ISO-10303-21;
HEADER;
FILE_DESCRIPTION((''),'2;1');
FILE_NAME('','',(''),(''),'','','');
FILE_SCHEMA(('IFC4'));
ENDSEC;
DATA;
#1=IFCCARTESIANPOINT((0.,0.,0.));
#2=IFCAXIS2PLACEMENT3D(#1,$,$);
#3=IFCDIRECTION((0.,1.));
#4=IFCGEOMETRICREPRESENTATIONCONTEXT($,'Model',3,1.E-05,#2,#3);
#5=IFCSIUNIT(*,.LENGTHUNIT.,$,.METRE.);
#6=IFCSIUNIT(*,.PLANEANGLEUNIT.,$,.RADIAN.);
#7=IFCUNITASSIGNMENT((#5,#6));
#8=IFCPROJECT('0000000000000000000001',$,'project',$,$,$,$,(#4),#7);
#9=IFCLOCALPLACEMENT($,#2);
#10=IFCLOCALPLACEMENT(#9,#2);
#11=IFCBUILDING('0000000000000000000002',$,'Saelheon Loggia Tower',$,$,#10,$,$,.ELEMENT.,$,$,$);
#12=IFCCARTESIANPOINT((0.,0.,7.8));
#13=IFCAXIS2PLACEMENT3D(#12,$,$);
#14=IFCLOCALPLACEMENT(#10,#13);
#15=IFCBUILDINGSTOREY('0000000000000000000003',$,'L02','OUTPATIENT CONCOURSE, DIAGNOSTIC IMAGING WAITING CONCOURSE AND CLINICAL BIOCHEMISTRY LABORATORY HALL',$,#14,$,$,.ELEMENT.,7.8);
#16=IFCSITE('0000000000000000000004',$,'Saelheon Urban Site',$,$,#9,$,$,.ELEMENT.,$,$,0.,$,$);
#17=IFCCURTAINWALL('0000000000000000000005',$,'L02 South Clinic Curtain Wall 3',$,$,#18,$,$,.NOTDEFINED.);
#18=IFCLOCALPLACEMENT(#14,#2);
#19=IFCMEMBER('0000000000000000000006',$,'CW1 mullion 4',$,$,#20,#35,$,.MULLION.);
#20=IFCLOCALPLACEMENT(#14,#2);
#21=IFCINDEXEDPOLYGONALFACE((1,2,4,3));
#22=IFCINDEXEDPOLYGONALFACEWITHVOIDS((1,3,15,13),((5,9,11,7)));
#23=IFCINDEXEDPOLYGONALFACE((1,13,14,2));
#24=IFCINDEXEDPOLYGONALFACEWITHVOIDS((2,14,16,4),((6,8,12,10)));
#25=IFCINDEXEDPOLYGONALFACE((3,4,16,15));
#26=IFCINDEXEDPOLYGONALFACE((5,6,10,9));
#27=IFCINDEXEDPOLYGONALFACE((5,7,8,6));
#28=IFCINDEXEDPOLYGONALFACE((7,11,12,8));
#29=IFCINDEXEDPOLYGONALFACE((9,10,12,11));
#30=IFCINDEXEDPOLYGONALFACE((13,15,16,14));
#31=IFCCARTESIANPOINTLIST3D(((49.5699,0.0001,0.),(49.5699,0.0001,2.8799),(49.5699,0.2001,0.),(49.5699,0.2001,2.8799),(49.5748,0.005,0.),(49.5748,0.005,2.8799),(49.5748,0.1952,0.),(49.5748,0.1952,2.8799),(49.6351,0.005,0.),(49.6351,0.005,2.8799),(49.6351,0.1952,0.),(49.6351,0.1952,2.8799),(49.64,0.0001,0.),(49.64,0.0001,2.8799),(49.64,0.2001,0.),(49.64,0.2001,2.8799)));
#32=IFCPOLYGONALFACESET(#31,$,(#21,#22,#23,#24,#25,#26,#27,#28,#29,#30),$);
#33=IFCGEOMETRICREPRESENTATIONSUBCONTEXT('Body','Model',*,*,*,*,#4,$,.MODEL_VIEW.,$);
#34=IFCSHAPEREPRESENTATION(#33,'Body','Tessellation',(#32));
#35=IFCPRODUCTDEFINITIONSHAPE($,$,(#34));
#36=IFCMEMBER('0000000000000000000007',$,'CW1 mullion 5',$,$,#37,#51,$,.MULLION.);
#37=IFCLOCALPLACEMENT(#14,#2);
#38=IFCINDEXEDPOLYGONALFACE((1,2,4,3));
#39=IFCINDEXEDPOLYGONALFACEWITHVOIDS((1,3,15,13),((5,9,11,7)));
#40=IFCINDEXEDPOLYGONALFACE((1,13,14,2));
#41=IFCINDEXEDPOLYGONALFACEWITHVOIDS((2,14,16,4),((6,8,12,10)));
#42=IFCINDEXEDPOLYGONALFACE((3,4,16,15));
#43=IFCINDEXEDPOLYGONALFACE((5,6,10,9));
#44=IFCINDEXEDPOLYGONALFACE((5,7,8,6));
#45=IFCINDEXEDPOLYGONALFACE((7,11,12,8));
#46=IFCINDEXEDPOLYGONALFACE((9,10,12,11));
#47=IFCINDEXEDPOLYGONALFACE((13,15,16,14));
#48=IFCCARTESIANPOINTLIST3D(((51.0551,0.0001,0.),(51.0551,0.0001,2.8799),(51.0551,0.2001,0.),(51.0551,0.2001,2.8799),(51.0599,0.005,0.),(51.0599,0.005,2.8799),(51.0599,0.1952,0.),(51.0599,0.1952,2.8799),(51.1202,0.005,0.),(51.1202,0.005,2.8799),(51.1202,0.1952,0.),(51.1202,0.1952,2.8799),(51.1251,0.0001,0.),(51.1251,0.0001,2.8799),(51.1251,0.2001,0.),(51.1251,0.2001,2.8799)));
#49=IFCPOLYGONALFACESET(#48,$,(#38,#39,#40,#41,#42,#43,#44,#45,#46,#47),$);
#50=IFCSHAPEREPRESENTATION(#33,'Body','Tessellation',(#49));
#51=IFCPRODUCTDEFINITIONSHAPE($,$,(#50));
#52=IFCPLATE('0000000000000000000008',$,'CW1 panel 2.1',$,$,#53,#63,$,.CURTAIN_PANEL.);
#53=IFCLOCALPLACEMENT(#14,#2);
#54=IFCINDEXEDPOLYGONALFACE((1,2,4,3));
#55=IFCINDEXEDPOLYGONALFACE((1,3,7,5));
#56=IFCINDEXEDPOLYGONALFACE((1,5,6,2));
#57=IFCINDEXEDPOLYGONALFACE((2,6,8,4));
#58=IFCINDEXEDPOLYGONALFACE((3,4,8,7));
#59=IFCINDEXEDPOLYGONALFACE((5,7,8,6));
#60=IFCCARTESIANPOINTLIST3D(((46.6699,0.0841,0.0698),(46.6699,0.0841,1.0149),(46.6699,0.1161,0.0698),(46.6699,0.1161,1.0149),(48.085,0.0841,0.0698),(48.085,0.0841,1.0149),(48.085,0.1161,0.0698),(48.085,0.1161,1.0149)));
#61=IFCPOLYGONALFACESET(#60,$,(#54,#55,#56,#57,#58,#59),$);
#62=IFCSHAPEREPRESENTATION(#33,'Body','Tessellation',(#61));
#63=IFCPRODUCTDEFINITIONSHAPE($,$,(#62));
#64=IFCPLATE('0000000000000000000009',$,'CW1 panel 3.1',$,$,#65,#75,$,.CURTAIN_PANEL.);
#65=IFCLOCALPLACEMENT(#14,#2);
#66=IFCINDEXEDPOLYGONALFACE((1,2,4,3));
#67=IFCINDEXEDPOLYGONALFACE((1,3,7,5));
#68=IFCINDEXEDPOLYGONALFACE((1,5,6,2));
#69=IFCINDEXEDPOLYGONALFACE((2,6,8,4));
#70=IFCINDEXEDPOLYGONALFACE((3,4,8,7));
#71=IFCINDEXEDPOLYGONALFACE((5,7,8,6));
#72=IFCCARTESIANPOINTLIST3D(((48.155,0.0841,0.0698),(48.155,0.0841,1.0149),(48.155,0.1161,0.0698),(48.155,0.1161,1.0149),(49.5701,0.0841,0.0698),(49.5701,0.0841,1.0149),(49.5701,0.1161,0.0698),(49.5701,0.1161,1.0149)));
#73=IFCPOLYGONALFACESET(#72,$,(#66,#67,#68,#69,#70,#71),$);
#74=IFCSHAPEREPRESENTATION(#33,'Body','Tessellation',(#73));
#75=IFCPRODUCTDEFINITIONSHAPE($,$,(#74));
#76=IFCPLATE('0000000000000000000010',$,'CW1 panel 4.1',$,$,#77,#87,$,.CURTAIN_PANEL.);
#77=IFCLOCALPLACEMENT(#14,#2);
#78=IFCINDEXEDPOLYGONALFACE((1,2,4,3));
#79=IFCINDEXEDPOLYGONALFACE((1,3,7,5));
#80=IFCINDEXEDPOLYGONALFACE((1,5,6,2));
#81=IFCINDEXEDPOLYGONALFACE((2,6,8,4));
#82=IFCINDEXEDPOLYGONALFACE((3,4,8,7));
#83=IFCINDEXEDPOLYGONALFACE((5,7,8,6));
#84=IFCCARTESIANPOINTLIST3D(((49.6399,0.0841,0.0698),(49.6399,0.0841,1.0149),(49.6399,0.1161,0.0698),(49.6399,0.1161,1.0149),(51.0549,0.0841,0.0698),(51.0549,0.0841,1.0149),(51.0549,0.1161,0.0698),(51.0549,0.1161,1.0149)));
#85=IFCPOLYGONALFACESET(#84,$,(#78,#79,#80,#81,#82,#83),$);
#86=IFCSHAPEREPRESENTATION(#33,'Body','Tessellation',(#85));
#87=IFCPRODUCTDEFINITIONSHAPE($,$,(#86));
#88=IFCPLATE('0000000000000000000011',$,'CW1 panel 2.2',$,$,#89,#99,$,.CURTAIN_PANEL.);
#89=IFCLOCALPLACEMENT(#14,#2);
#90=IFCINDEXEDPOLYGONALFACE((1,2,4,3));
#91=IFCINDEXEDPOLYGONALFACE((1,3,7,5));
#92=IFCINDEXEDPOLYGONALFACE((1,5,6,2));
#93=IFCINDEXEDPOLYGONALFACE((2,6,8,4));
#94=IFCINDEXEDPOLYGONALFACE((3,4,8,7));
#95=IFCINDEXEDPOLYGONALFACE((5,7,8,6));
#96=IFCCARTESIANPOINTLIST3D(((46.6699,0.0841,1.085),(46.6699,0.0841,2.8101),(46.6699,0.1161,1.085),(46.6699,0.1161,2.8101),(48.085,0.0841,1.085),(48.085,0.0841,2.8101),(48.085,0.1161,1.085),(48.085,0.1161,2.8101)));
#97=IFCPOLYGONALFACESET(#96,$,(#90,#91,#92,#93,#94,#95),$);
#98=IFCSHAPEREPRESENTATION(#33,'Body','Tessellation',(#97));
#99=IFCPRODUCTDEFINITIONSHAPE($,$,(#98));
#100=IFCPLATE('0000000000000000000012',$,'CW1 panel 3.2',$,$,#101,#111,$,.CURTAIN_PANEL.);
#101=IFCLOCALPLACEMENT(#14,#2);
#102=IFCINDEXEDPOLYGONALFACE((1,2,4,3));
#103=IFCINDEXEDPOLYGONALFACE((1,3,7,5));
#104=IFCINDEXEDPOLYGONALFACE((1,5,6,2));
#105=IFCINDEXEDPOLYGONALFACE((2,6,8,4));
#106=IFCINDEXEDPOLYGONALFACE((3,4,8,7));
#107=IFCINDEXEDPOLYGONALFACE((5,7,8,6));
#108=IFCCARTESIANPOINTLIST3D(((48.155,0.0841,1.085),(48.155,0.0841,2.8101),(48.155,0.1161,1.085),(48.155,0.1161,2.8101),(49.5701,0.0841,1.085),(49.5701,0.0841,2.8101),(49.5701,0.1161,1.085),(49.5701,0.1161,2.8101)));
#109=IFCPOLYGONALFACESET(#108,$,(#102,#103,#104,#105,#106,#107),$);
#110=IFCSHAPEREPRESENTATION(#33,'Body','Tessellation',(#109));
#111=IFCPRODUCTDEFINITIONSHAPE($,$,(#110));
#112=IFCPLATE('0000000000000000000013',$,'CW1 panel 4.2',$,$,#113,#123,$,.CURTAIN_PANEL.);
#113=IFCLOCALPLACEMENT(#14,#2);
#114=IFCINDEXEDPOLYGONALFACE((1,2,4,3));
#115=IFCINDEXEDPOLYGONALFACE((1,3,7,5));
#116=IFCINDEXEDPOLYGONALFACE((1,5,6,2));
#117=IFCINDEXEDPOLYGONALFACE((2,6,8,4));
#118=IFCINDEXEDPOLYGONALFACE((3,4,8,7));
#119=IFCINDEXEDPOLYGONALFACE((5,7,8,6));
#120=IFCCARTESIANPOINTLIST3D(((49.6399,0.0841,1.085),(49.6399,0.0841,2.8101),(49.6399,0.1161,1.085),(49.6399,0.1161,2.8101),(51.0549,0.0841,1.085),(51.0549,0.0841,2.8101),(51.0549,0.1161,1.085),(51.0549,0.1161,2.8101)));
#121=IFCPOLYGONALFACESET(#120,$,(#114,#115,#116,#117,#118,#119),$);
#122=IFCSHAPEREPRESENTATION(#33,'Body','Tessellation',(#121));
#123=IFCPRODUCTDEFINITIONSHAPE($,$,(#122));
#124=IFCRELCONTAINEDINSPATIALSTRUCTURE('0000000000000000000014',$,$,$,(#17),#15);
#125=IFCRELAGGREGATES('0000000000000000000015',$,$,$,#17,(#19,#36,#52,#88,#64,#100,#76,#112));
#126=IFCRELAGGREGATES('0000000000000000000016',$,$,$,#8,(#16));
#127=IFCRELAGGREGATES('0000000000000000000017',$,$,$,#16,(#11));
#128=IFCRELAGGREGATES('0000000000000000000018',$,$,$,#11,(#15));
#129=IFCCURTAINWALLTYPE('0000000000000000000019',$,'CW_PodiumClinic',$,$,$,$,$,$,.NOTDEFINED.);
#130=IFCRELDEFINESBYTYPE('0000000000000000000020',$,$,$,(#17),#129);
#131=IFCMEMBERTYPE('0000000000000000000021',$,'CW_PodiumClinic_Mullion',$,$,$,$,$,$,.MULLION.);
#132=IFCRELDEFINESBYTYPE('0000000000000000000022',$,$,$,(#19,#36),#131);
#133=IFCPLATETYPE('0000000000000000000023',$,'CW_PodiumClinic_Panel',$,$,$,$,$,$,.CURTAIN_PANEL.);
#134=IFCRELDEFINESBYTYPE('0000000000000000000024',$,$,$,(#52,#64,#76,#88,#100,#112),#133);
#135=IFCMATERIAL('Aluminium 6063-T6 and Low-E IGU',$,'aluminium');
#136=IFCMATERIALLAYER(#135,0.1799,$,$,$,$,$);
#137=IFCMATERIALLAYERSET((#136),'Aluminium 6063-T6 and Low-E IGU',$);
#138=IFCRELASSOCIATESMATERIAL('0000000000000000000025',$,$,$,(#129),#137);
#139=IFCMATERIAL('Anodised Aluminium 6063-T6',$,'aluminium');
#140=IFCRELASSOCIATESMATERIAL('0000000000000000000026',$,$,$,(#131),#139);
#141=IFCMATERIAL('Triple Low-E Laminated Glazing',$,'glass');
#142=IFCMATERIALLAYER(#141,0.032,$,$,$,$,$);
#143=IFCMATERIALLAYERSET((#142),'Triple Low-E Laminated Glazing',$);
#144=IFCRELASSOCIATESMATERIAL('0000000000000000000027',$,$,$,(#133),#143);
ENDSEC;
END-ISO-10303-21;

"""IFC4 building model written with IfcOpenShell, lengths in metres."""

from ifc_helpers import new_model, si_unit, direction, frame, origin, origin_2d, place, context, subcontext, project, spatial, rectangle, hollow_rectangle, extrude, source, transform, mapped, material, layer, layer_set, material_profile, profile_set, type_object, element, aggregate, save


model = new_model("IFC4")

# Units and contexts
model_context = context("Model", 3, precision=1e-05, world=origin(), true_north=direction((0.0, 1.0)))
body_context = subcontext(model_context, "Body", "Model", "MODEL_VIEW")
ifc_project = project(units=[si_unit("LENGTHUNIT", "METRE"), si_unit("PLANEANGLEUNIT", "RADIAN")], contexts=[model_context])

# Site, building, storey
site_placement = place(None, origin())
site = spatial("IfcSite", under=ifc_project, at=site_placement, Name="Saelheon Urban Site", CompositionType="ELEMENT", RefElevation=0.0)
building_placement = place(site_placement, origin())
building = spatial("IfcBuilding", under=site, at=building_placement, Name="Saelheon Loggia Tower", CompositionType="ELEMENT")
storey_placement = place(building_placement, frame((0.0, 0.0, 7.8)))
storey = spatial("IfcBuildingStorey", under=building, at=storey_placement, Name="L02", Description="OUTPATIENT CONCOURSE, DIAGNOSTIC IMAGING WAITING CONCOURSE AND CLINICAL BIOCHEMISTRY LABORATORY HALL", CompositionType="ELEMENT", Elevation=7.8)

# Curtain wall, members, plates
ifc_material_1 = material(Name="Aluminium 6063-T6 and Low-E IGU", Category="aluminium")
ifc_layer_1 = layer(ifc_material_1, 0.1799)
ifc_layer_set_1 = layer_set([ifc_layer_1], Name="Aluminium 6063-T6 and Low-E IGU")
curtain_wall_type = type_object("IfcCurtainWallType", Name="CW_PodiumClinic", PredefinedType="NOTDEFINED", material=ifc_layer_set_1)
curtain_wall_placement = place(storey_placement, origin())
curtain_wall = element("IfcCurtainWall", 1, at=curtain_wall_placement, inside=storey, type_object=curtain_wall_type, Name="L02 South Clinic Curtain Wall 3", PredefinedType="NOTDEFINED")
ifc_material_2 = material(Name="Anodised Aluminium 6063-T6", Category="aluminium")
ifc_material_profile_1 = material_profile(ifc_material_2, hollow_rectangle(XDim=0.0701, YDim=0.2, WallThickness=0.0049, at=origin_2d()), Name="RHS-200x70x5")
ifc_profile_set_1 = profile_set([ifc_material_profile_1], Name="Anodised Aluminium 6063-T6")
member_type_1 = type_object("IfcMemberType", Name="CW_PodiumClinic_Mullion", PredefinedType="MULLION", material=ifc_profile_set_1)
shared_shape_1 = source(origin(), body_context, "Body", "SweptSolid", [
    extrude(hollow_rectangle(XDim=0.0701, YDim=0.2, WallThickness=0.0049, at=origin_2d()), origin(), (0.0, 0.0, 1.0), 2.8799),
])
member_1_placement = place(storey_placement, frame((49.605, 0.1001, 0.0), z_axis=(0.0, 0.0, 1.0), x_axis=(1.0, 0.0, 0.0)))
member_1 = element("IfcMember", 2, at=member_1_placement, type_object=member_type_1, Name="CW1 mullion 4", PredefinedType="MULLION", context=body_context, shape_type="MappedRepresentation", body=[
    mapped(shared_shape_1, transform((0.0, 0.0, 0.0), scale=1.0)),
])
member_2_placement = place(storey_placement, frame((51.0901, 0.1001, 0.0), z_axis=(0.0, 0.0, 1.0), x_axis=(1.0, 0.0, 0.0)))
member_2 = element("IfcMember", 3, at=member_2_placement, type_object=member_type_1, Name="CW1 mullion 5", PredefinedType="MULLION", context=body_context, shape_type="MappedRepresentation", body=[
    mapped(shared_shape_1, transform((0.0, 0.0, 0.0), scale=1.0)),
])
ifc_material_3 = material(Name="Triple Low-E Laminated Glazing", Category="glass")
ifc_layer_2 = layer(ifc_material_3, 0.032)
ifc_layer_set_2 = layer_set([ifc_layer_2], Name="Triple Low-E Laminated Glazing")
plate_type = type_object("IfcPlateType", Name="CW_PodiumClinic_Panel", PredefinedType="CURTAIN_PANEL", material=ifc_layer_set_2)
shared_shape_2 = source(origin(), body_context, "Body", "SweptSolid", [
    extrude(rectangle(XDim=1.415, YDim=0.032, at=origin_2d()), origin(), (0.0, 0.0, 1.0), 0.9451),
])
plate_1_placement = place(storey_placement, frame((47.3774, 0.1001, 0.0698), z_axis=(0.0, 0.0, 1.0), x_axis=(1.0, 0.0, 0.0)))
plate_1 = element("IfcPlate", 4, at=plate_1_placement, type_object=plate_type, Name="CW1 panel 2.1", PredefinedType="CURTAIN_PANEL", context=body_context, shape_type="MappedRepresentation", body=[
    mapped(shared_shape_2, transform((0.0, 0.0, 0.0), scale=1.0)),
])
plate_2_placement = place(storey_placement, frame((48.8625, 0.1001, 0.0698), z_axis=(0.0, 0.0, 1.0), x_axis=(1.0, 0.0, 0.0)))
plate_2 = element("IfcPlate", 5, at=plate_2_placement, type_object=plate_type, Name="CW1 panel 3.1", PredefinedType="CURTAIN_PANEL", context=body_context, shape_type="MappedRepresentation", body=[
    mapped(shared_shape_2, transform((0.0, 0.0, 0.0), scale=1.0)),
])
plate_3_placement = place(storey_placement, frame((50.3474, 0.1001, 0.0698), z_axis=(0.0, 0.0, 1.0), x_axis=(1.0, 0.0, 0.0)))
plate_3 = element("IfcPlate", 6, at=plate_3_placement, type_object=plate_type, Name="CW1 panel 4.1", PredefinedType="CURTAIN_PANEL", context=body_context, shape_type="MappedRepresentation", body=[
    mapped(shared_shape_2, transform((0.0, 0.0, 0.0), scale=1.0)),
])
shared_shape_3 = source(origin(), body_context, "Body", "SweptSolid", [
    extrude(rectangle(XDim=1.415, YDim=0.032, at=origin_2d()), origin(), (0.0, 0.0, 1.0), 1.7251),
])
plate_4_placement = place(storey_placement, frame((47.3774, 0.1001, 1.085), z_axis=(0.0, 0.0, 1.0), x_axis=(1.0, 0.0, 0.0)))
plate_4 = element("IfcPlate", 7, at=plate_4_placement, type_object=plate_type, Name="CW1 panel 2.2", PredefinedType="CURTAIN_PANEL", context=body_context, shape_type="MappedRepresentation", body=[
    mapped(shared_shape_3, transform((0.0, 0.0, 0.0), scale=1.0)),
])
plate_5_placement = place(storey_placement, frame((48.8625, 0.1001, 1.085), z_axis=(0.0, 0.0, 1.0), x_axis=(1.0, 0.0, 0.0)))
plate_5 = element("IfcPlate", 8, at=plate_5_placement, type_object=plate_type, Name="CW1 panel 3.2", PredefinedType="CURTAIN_PANEL", context=body_context, shape_type="MappedRepresentation", body=[
    mapped(shared_shape_3, transform((0.0, 0.0, 0.0), scale=1.0)),
])
plate_6_placement = place(storey_placement, frame((50.3474, 0.1001, 1.085), z_axis=(0.0, 0.0, 1.0), x_axis=(1.0, 0.0, 0.0)))
plate_6 = element("IfcPlate", 9, at=plate_6_placement, type_object=plate_type, Name="CW1 panel 4.2", PredefinedType="CURTAIN_PANEL", context=body_context, shape_type="MappedRepresentation", body=[
    mapped(shared_shape_3, transform((0.0, 0.0, 0.0), scale=1.0)),
])
aggregate(curtain_wall, [member_1, member_2, plate_1, plate_4, plate_2, plate_5, plate_3, plate_6])

save(model, "model.ifc")
